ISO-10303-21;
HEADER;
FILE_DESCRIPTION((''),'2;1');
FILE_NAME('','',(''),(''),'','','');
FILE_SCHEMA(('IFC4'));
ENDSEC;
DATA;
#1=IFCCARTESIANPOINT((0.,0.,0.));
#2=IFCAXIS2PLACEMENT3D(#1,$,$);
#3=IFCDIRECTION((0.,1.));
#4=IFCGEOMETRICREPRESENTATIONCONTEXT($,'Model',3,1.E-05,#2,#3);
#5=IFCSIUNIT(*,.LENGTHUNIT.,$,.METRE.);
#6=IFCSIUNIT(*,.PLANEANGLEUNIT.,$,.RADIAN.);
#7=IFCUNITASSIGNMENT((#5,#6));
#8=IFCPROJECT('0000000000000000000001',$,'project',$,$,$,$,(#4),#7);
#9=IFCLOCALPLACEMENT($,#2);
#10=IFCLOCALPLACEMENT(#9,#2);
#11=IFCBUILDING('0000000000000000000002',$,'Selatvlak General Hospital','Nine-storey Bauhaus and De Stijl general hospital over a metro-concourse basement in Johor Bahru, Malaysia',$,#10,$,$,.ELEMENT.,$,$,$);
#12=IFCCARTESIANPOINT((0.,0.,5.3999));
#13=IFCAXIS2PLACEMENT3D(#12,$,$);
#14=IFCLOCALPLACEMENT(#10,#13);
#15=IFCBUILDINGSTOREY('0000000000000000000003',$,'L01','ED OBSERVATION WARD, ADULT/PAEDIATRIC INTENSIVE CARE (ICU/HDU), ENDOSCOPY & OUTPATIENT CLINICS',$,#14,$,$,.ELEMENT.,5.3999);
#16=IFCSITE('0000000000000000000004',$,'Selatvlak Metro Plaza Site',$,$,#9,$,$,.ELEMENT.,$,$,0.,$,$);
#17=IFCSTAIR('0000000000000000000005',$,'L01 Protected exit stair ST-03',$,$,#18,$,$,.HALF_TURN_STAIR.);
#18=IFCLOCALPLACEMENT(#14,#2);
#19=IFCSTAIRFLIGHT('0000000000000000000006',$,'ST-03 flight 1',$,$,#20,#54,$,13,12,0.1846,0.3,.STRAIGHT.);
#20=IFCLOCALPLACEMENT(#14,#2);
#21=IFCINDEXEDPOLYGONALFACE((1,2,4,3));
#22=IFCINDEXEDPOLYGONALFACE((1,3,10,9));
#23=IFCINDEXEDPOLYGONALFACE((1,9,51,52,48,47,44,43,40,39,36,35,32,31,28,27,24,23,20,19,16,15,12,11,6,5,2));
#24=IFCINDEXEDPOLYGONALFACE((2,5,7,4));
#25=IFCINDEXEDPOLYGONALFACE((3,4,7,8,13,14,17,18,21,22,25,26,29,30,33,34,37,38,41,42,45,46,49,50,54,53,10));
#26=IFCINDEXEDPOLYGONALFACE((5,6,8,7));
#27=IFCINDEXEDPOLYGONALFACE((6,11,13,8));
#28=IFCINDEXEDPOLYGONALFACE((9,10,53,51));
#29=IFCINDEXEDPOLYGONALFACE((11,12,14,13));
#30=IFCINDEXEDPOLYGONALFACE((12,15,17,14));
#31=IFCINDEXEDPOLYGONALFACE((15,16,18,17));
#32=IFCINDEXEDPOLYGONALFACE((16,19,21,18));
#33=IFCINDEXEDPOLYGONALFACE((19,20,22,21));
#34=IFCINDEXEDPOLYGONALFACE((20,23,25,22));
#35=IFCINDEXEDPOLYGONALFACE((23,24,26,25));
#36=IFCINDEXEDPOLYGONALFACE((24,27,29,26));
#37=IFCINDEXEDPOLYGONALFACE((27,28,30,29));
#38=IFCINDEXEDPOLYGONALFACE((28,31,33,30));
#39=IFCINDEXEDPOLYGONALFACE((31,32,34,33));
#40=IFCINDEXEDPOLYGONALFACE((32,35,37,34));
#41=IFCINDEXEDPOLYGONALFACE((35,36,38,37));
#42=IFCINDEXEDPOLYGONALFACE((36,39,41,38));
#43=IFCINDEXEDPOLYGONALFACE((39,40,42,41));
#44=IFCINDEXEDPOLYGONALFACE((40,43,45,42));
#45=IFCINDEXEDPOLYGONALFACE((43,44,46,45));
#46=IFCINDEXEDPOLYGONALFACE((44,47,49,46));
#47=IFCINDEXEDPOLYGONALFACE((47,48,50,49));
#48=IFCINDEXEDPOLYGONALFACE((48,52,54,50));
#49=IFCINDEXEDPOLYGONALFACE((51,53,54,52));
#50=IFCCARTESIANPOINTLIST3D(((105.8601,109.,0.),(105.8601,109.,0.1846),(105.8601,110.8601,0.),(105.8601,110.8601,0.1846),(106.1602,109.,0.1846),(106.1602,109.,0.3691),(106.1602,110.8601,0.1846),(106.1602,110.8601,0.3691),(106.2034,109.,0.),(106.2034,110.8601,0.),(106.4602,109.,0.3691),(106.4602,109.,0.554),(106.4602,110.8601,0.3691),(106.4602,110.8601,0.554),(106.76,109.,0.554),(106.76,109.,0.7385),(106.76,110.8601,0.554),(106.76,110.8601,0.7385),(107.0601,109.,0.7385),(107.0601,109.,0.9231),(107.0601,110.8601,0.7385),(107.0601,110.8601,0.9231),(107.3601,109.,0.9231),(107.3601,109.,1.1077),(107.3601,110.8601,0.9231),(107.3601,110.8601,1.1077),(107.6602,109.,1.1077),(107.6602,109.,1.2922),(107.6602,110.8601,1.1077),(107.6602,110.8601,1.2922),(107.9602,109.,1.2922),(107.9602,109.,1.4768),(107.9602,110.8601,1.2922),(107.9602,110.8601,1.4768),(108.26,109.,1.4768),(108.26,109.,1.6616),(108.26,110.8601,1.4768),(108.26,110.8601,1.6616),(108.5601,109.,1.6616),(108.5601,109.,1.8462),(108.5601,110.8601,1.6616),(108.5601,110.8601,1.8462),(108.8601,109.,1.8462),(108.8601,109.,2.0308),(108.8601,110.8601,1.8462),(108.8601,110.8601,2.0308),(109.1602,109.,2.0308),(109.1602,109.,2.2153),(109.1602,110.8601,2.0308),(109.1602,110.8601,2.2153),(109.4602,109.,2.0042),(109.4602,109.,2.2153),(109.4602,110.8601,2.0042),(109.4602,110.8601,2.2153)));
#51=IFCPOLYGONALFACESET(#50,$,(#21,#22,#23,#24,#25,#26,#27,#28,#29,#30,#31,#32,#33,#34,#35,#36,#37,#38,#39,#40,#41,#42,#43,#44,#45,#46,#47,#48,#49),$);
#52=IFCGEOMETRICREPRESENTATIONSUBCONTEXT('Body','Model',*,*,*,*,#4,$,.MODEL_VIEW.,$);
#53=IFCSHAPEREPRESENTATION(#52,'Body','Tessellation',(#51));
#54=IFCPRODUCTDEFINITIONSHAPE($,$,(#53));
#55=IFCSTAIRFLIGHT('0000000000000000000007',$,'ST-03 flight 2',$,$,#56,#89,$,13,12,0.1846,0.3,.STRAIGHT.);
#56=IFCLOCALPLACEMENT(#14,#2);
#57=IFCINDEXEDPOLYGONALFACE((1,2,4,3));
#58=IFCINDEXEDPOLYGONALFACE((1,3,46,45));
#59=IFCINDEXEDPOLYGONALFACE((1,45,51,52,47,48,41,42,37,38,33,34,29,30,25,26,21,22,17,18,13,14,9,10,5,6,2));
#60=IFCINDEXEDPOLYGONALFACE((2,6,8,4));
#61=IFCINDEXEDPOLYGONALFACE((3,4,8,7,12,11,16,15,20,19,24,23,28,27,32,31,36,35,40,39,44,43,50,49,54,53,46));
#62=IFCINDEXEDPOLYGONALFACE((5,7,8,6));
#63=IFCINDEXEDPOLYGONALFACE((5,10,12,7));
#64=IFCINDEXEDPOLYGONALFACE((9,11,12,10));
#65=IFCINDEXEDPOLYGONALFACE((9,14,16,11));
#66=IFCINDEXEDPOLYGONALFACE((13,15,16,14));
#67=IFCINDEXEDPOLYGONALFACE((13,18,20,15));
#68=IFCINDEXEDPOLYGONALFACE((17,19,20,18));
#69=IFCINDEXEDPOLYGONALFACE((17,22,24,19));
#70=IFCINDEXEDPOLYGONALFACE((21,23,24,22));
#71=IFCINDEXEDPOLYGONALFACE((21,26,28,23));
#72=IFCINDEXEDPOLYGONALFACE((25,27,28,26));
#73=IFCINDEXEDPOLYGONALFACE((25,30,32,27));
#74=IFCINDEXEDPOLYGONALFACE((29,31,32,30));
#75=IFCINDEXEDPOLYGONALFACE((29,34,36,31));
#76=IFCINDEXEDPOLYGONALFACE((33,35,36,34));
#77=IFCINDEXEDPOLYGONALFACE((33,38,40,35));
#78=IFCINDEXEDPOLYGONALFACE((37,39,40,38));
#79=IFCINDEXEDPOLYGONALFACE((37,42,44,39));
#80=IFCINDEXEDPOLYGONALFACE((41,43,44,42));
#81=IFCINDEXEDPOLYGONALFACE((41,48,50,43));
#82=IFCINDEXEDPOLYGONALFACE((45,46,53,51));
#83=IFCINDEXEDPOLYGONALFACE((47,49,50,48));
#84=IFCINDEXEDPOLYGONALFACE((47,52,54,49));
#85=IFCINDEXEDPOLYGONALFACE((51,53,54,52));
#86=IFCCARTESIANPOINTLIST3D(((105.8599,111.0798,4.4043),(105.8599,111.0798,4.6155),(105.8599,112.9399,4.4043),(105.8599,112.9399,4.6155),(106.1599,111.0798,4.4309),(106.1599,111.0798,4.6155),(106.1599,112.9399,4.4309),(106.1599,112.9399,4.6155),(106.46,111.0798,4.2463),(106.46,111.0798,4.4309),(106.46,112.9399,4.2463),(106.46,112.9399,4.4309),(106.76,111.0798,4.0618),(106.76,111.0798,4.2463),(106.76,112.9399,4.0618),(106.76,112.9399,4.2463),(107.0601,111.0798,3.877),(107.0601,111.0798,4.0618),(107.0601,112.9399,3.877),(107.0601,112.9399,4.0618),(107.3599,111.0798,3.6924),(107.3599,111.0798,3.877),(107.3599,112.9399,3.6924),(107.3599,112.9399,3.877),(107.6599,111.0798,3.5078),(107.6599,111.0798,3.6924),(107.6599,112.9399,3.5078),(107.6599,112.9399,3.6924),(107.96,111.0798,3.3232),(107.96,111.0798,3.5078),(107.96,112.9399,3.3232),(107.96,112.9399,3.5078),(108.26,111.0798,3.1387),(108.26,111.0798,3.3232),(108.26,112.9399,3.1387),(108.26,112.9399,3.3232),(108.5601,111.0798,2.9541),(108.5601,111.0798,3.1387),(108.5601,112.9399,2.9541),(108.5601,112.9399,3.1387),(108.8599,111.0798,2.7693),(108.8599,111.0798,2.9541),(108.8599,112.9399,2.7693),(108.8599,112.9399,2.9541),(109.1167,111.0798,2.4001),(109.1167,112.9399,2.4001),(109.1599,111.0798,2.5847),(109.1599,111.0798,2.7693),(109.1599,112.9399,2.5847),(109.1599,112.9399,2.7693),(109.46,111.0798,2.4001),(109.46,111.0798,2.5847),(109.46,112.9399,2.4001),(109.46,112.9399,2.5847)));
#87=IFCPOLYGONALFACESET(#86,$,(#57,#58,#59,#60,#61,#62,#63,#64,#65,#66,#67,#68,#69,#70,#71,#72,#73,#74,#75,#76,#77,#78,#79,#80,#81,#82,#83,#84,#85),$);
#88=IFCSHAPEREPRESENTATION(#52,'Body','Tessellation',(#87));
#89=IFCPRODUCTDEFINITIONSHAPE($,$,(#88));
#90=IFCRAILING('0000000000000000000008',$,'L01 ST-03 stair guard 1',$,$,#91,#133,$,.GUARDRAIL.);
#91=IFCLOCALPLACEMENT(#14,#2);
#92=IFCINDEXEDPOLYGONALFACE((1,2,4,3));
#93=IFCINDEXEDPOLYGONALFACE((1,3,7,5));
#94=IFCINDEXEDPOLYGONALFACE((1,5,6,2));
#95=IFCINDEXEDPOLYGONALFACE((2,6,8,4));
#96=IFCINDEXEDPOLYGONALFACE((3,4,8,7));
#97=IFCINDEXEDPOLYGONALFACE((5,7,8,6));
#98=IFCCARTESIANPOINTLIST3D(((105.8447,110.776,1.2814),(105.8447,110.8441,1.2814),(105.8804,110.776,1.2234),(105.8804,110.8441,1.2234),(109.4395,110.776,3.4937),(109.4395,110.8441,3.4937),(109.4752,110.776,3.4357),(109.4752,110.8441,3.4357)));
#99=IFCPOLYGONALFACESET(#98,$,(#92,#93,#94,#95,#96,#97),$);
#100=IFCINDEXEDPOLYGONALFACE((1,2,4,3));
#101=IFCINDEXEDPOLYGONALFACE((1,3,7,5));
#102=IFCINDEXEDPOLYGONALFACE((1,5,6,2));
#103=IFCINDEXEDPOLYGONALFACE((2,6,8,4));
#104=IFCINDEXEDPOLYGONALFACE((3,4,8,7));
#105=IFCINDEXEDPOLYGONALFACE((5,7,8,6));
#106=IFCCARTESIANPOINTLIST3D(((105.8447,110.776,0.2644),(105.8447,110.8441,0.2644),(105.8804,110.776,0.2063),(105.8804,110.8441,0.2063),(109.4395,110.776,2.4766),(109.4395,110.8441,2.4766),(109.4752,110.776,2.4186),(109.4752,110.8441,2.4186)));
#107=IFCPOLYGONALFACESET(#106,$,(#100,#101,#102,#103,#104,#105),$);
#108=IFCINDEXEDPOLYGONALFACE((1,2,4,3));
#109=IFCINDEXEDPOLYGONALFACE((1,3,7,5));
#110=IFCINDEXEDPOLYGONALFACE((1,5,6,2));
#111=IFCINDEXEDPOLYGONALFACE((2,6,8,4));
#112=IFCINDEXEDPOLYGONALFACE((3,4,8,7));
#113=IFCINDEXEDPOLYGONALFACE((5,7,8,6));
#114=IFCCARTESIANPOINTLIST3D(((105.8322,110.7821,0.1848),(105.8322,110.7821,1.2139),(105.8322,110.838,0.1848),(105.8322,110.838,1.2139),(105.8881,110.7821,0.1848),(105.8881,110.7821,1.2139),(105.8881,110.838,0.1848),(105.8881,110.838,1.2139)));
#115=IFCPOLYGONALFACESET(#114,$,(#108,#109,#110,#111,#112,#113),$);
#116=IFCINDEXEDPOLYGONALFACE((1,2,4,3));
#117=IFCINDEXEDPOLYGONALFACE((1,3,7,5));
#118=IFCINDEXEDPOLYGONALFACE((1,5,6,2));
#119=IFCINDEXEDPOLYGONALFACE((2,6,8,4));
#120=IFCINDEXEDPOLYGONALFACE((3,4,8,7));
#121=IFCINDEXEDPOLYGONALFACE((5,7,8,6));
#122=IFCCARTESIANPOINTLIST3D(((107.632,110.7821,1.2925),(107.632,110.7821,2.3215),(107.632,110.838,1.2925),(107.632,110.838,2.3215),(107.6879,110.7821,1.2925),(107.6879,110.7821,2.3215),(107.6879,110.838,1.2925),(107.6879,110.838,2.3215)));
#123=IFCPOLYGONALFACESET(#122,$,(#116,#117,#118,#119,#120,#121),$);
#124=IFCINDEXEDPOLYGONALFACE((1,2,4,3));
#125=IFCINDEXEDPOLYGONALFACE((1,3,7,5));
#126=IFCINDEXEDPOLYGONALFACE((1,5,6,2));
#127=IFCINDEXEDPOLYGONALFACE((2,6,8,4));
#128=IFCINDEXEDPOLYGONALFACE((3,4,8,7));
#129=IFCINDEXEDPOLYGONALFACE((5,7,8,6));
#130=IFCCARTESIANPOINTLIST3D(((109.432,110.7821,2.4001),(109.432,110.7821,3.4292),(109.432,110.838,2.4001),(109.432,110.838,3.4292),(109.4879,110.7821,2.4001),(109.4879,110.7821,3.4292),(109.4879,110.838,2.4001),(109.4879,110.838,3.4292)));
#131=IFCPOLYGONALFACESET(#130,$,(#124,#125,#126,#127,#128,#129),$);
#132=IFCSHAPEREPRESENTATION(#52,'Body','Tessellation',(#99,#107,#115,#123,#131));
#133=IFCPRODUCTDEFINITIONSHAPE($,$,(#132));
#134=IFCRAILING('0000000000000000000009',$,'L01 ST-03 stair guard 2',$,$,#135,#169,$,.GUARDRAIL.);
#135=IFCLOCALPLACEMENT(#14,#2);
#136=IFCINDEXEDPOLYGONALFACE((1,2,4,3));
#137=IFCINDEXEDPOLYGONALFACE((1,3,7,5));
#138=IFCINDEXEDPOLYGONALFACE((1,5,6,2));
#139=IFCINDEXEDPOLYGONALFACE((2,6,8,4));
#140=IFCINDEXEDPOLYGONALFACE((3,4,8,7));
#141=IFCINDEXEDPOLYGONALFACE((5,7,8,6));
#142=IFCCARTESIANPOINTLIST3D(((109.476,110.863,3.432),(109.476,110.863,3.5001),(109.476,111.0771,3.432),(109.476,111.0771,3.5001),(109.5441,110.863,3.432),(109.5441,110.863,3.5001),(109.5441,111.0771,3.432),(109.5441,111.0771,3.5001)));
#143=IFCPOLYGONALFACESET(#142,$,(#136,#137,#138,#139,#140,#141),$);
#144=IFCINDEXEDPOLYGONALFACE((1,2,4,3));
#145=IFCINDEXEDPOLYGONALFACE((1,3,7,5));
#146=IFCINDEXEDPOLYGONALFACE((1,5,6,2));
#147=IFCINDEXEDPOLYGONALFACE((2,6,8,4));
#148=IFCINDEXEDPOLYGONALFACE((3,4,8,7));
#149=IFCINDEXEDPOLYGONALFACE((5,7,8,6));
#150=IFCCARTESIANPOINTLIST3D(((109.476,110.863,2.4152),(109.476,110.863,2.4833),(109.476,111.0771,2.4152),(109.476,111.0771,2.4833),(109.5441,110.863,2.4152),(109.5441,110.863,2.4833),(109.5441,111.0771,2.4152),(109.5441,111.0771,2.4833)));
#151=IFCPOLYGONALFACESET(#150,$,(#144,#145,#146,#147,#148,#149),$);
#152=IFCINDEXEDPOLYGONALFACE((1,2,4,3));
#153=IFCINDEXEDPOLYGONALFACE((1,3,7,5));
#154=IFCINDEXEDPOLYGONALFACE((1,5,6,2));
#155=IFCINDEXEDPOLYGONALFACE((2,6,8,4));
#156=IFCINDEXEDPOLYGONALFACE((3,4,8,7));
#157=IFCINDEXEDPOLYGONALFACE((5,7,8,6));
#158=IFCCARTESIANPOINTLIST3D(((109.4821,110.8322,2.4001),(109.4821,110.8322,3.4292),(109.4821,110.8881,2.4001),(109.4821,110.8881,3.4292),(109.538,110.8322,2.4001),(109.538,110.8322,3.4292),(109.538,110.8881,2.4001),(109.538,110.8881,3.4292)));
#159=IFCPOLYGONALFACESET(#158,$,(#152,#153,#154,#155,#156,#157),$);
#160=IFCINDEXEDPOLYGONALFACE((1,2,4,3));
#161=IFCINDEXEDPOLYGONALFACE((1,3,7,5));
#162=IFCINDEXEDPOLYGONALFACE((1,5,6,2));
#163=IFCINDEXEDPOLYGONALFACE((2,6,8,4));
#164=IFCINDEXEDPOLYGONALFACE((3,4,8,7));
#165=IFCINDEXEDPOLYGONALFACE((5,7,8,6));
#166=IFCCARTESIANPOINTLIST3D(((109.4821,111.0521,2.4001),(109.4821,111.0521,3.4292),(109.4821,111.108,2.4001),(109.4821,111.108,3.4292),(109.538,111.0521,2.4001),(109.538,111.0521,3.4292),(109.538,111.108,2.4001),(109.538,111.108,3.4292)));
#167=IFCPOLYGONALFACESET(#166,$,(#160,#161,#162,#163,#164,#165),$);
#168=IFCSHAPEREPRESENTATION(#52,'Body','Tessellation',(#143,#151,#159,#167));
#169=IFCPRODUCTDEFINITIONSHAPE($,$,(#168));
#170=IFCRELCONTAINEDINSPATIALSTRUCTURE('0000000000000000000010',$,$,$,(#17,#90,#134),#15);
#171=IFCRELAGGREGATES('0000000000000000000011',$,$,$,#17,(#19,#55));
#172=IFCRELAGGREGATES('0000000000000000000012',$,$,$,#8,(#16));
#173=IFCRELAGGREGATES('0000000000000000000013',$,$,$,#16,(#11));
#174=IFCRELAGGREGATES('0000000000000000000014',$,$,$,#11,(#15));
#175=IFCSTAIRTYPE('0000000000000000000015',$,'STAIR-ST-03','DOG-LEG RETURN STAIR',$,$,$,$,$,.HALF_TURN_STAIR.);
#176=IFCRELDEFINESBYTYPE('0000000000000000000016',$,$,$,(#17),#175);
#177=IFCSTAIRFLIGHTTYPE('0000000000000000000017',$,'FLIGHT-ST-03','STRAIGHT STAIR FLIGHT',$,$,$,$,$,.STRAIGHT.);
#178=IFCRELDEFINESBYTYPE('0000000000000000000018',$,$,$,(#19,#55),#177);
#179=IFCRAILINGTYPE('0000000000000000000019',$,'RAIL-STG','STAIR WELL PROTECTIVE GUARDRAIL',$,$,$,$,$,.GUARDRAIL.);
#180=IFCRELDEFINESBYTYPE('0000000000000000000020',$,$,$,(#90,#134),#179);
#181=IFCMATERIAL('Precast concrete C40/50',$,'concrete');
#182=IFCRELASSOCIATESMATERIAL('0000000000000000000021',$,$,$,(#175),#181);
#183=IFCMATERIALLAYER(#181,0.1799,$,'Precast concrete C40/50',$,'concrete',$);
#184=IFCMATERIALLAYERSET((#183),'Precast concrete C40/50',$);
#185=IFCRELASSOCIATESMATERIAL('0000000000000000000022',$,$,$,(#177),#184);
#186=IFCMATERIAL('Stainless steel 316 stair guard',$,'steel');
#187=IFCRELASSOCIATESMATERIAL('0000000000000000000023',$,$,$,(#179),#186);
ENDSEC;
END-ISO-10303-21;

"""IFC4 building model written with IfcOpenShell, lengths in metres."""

from ifc_helpers import new_model, si_unit, direction, frame, origin, origin_2d, place, context, subcontext, project, spatial, polyline, rectangle, outline, extrude, material, layer, layer_set, type_object, element, aggregate, save


model = new_model("IFC4")

# Units and contexts
model_context = context("Model", 3, precision=1e-05, world=origin(), true_north=direction((0.0, 1.0)))
body_context = subcontext(model_context, "Body", "Model", "MODEL_VIEW")
ifc_project = project(units=[si_unit("LENGTHUNIT", "METRE"), si_unit("PLANEANGLEUNIT", "RADIAN")], contexts=[model_context])

# Site, building, storey
site_placement = place(None, origin())
site = spatial("IfcSite", under=ifc_project, at=site_placement, Name="Selatvlak Metro Plaza Site", CompositionType="ELEMENT", RefElevation=0.0)
building_placement = place(site_placement, origin())
building = spatial("IfcBuilding", under=site, at=building_placement, Name="Selatvlak General Hospital", Description="Nine-storey Bauhaus and De Stijl general hospital over a metro-concourse basement in Johor Bahru, Malaysia", CompositionType="ELEMENT")
storey_placement = place(building_placement, frame((0.0, 0.0, 5.3999)))
storey = spatial("IfcBuildingStorey", under=building, at=storey_placement, Name="L01", Description="ED OBSERVATION WARD, ADULT/PAEDIATRIC INTENSIVE CARE (ICU/HDU), ENDOSCOPY & OUTPATIENT CLINICS", CompositionType="ELEMENT", Elevation=5.3999)

# Stair, stair flights
ifc_material_1 = material(Name="Precast concrete C40/50", Category="concrete")
stair_type = type_object("IfcStairType", Name="STAIR-ST-03", Description="DOG-LEG RETURN STAIR", PredefinedType="HALF_TURN_STAIR", material=ifc_material_1)
stair_placement = place(storey_placement, origin())
stair = element("IfcStair", 1, at=stair_placement, inside=storey, type_object=stair_type, Name="L01 Protected exit stair ST-03", PredefinedType="HALF_TURN_STAIR")
ifc_layer_1 = layer(ifc_material_1, 0.1799, Name="Precast concrete C40/50", Category="concrete")
ifc_layer_set_1 = layer_set([ifc_layer_1], Name="Precast concrete C40/50")
stair_flight_type = type_object("IfcStairFlightType", Name="FLIGHT-ST-03", Description="STRAIGHT STAIR FLIGHT", PredefinedType="STRAIGHT", material=ifc_layer_set_1)
stair_flight_1_placement = place(storey_placement, frame((105.8601, 109.9299, 0.0), z_axis=(0.0, 0.0, 1.0), x_axis=(1.0, 0.0, 0.0)))
stair_flight_1 = element("IfcStairFlight", 2, at=stair_flight_1_placement, type_object=stair_flight_type, Name="ST-03 flight 1", NumberOfRisers=13, NumberOfTreads=12, PredefinedType="STRAIGHT", RiserHeight=0.1846, TreadLength=0.3, context=body_context, shape_type="SweptSolid", body=[
    extrude(outline(polyline([(0.0, 0.0), (0.0, 0.1846), (0.3, 0.1846), (0.3, 0.3691), (0.6001, 0.3691), (0.6001, 0.554), (0.8999, 0.554), (0.8999, 0.7385), (1.2, 0.7385), (1.2, 0.9231), (1.5, 0.9231), (1.5, 1.1077), (1.8, 1.1077), (1.8, 1.2922), (2.1001, 1.2922), (2.1001, 1.4768), (2.3999, 1.4768), (2.3999, 1.6616), (2.7, 1.6616), (2.7, 1.8462), (3.0, 1.8462), (3.0, 2.0308), (3.3, 2.0308), (3.3, 2.2153), (3.6001, 2.2153), (3.6001, 2.3999), (3.6001, 2.0042), (0.3433, 0.0), (0.0, 0.0)])), frame((0.0, 0.9302, 0.0), z_axis=(0.0, -1.0, 0.0), x_axis=(1.0, 0.0, 0.0)), (0.0, 0.0, 1.0), 1.8601),
])
stair_flight_2_placement = place(storey_placement, frame((109.46, 112.01, 2.4001), z_axis=(0.0, 0.0, 1.0), x_axis=(-1.0, 0.0, 0.0)))
stair_flight_2 = element("IfcStairFlight", 3, at=stair_flight_2_placement, type_object=stair_flight_type, Name="ST-03 flight 2", NumberOfRisers=13, NumberOfTreads=12, PredefinedType="STRAIGHT", RiserHeight=0.1846, TreadLength=0.3, context=body_context, shape_type="SweptSolid", body=[
    extrude(outline(polyline([(0.0, 0.0), (0.0, 0.1846), (0.3, 0.1846), (0.3, 0.3691), (0.6001, 0.3691), (0.6001, 0.554), (0.8999, 0.554), (0.8999, 0.7385), (1.2, 0.7385), (1.2, 0.9231), (1.5, 0.9231), (1.5, 1.1077), (1.8, 1.1077), (1.8, 1.2922), (2.1001, 1.2922), (2.1001, 1.4768), (2.3999, 1.4768), (2.3999, 1.6616), (2.7, 1.6616), (2.7, 1.8462), (3.0, 1.8462), (3.0, 2.0308), (3.3, 2.0308), (3.3, 2.2153), (3.6001, 2.2153), (3.6001, 2.3999), (3.6001, 2.0042), (0.3433, 0.0), (0.0, 0.0)])), frame((0.0, 0.9302, 0.0), z_axis=(0.0, -1.0, 0.0), x_axis=(1.0, 0.0, 0.0)), (0.0, 0.0, 1.0), 1.8601),
])
aggregate(stair, [stair_flight_1, stair_flight_2])

# Railings
ifc_material_2 = material(Name="Stainless steel 316 stair guard", Category="steel")
railing_type_1 = type_object("IfcRailingType", Name="RAIL-STG", Description="STAIR WELL PROTECTIVE GUARDRAIL", PredefinedType="GUARDRAIL", material=ifc_material_2)
railing_1_placement = place(storey_placement, frame((105.8601, 110.8101, 0.1848)))
element("IfcRailing", 4, at=railing_1_placement, inside=storey, type_object=railing_type_1, Name="L01 ST-03 stair guard 1", PredefinedType="GUARDRAIL", context=body_context, shape_type="SweptSolid", body=[
    extrude(rectangle(XDim=0.0681, YDim=0.0681, at=origin_2d()), frame((0.0024, 0.0, 1.0676), z_axis=(0.851654, 0.0, 0.524104), x_axis=(0.0, 1.0, 0.0)), (0.0, 0.0, 1.0), 4.2209),
    extrude(rectangle(XDim=0.0681, YDim=0.0681, at=origin_2d()), frame((0.0024, 0.0, 0.0505), z_axis=(0.851654, 0.0, 0.524104), x_axis=(0.0, 1.0, 0.0)), (0.0, 0.0, 1.0), 4.2209),
    extrude(rectangle(XDim=0.0559, YDim=0.0559, at=origin_2d()), origin(), (0.0, 0.0, 1.0), 1.0291),
    extrude(rectangle(XDim=0.0559, YDim=0.0559, at=origin_2d()), frame((1.7998, 0.0, 1.1077)), (0.0, 0.0, 1.0), 1.0291),
    extrude(rectangle(XDim=0.0559, YDim=0.0559, at=origin_2d()), frame((3.5999, 0.0, 2.2153)), (0.0, 0.0, 1.0), 1.0291),
])
railing_2_placement = place(storey_placement, frame((109.51, 110.8601, 2.4001)))
element("IfcRailing", 5, at=railing_2_placement, inside=storey, type_object=railing_type_1, Name="L01 ST-03 stair guard 2", PredefinedType="GUARDRAIL", context=body_context, shape_type="SweptSolid", body=[
    extrude(rectangle(XDim=0.0681, YDim=0.0681, at=origin_2d()), frame((0.0, 0.0029, 1.0659), z_axis=(0.0, 1.0, 0.0), x_axis=(-1.0, 0.0, 0.0)), (0.0, 0.0, 1.0), 0.2141),
    extrude(rectangle(XDim=0.0681, YDim=0.0681, at=origin_2d()), frame((0.0, 0.0029, 0.0491), z_axis=(0.0, 1.0, 0.0), x_axis=(-1.0, 0.0, 0.0)), (0.0, 0.0, 1.0), 0.2141),
    extrude(rectangle(XDim=0.0559, YDim=0.0559, at=origin_2d()), origin(), (0.0, 0.0, 1.0), 1.0291),
    extrude(rectangle(XDim=0.0559, YDim=0.0559, at=origin_2d()), frame((0.0, 0.22, 0.0)), (0.0, 0.0, 1.0), 1.0291),
])

save(model, "model.ifc")
